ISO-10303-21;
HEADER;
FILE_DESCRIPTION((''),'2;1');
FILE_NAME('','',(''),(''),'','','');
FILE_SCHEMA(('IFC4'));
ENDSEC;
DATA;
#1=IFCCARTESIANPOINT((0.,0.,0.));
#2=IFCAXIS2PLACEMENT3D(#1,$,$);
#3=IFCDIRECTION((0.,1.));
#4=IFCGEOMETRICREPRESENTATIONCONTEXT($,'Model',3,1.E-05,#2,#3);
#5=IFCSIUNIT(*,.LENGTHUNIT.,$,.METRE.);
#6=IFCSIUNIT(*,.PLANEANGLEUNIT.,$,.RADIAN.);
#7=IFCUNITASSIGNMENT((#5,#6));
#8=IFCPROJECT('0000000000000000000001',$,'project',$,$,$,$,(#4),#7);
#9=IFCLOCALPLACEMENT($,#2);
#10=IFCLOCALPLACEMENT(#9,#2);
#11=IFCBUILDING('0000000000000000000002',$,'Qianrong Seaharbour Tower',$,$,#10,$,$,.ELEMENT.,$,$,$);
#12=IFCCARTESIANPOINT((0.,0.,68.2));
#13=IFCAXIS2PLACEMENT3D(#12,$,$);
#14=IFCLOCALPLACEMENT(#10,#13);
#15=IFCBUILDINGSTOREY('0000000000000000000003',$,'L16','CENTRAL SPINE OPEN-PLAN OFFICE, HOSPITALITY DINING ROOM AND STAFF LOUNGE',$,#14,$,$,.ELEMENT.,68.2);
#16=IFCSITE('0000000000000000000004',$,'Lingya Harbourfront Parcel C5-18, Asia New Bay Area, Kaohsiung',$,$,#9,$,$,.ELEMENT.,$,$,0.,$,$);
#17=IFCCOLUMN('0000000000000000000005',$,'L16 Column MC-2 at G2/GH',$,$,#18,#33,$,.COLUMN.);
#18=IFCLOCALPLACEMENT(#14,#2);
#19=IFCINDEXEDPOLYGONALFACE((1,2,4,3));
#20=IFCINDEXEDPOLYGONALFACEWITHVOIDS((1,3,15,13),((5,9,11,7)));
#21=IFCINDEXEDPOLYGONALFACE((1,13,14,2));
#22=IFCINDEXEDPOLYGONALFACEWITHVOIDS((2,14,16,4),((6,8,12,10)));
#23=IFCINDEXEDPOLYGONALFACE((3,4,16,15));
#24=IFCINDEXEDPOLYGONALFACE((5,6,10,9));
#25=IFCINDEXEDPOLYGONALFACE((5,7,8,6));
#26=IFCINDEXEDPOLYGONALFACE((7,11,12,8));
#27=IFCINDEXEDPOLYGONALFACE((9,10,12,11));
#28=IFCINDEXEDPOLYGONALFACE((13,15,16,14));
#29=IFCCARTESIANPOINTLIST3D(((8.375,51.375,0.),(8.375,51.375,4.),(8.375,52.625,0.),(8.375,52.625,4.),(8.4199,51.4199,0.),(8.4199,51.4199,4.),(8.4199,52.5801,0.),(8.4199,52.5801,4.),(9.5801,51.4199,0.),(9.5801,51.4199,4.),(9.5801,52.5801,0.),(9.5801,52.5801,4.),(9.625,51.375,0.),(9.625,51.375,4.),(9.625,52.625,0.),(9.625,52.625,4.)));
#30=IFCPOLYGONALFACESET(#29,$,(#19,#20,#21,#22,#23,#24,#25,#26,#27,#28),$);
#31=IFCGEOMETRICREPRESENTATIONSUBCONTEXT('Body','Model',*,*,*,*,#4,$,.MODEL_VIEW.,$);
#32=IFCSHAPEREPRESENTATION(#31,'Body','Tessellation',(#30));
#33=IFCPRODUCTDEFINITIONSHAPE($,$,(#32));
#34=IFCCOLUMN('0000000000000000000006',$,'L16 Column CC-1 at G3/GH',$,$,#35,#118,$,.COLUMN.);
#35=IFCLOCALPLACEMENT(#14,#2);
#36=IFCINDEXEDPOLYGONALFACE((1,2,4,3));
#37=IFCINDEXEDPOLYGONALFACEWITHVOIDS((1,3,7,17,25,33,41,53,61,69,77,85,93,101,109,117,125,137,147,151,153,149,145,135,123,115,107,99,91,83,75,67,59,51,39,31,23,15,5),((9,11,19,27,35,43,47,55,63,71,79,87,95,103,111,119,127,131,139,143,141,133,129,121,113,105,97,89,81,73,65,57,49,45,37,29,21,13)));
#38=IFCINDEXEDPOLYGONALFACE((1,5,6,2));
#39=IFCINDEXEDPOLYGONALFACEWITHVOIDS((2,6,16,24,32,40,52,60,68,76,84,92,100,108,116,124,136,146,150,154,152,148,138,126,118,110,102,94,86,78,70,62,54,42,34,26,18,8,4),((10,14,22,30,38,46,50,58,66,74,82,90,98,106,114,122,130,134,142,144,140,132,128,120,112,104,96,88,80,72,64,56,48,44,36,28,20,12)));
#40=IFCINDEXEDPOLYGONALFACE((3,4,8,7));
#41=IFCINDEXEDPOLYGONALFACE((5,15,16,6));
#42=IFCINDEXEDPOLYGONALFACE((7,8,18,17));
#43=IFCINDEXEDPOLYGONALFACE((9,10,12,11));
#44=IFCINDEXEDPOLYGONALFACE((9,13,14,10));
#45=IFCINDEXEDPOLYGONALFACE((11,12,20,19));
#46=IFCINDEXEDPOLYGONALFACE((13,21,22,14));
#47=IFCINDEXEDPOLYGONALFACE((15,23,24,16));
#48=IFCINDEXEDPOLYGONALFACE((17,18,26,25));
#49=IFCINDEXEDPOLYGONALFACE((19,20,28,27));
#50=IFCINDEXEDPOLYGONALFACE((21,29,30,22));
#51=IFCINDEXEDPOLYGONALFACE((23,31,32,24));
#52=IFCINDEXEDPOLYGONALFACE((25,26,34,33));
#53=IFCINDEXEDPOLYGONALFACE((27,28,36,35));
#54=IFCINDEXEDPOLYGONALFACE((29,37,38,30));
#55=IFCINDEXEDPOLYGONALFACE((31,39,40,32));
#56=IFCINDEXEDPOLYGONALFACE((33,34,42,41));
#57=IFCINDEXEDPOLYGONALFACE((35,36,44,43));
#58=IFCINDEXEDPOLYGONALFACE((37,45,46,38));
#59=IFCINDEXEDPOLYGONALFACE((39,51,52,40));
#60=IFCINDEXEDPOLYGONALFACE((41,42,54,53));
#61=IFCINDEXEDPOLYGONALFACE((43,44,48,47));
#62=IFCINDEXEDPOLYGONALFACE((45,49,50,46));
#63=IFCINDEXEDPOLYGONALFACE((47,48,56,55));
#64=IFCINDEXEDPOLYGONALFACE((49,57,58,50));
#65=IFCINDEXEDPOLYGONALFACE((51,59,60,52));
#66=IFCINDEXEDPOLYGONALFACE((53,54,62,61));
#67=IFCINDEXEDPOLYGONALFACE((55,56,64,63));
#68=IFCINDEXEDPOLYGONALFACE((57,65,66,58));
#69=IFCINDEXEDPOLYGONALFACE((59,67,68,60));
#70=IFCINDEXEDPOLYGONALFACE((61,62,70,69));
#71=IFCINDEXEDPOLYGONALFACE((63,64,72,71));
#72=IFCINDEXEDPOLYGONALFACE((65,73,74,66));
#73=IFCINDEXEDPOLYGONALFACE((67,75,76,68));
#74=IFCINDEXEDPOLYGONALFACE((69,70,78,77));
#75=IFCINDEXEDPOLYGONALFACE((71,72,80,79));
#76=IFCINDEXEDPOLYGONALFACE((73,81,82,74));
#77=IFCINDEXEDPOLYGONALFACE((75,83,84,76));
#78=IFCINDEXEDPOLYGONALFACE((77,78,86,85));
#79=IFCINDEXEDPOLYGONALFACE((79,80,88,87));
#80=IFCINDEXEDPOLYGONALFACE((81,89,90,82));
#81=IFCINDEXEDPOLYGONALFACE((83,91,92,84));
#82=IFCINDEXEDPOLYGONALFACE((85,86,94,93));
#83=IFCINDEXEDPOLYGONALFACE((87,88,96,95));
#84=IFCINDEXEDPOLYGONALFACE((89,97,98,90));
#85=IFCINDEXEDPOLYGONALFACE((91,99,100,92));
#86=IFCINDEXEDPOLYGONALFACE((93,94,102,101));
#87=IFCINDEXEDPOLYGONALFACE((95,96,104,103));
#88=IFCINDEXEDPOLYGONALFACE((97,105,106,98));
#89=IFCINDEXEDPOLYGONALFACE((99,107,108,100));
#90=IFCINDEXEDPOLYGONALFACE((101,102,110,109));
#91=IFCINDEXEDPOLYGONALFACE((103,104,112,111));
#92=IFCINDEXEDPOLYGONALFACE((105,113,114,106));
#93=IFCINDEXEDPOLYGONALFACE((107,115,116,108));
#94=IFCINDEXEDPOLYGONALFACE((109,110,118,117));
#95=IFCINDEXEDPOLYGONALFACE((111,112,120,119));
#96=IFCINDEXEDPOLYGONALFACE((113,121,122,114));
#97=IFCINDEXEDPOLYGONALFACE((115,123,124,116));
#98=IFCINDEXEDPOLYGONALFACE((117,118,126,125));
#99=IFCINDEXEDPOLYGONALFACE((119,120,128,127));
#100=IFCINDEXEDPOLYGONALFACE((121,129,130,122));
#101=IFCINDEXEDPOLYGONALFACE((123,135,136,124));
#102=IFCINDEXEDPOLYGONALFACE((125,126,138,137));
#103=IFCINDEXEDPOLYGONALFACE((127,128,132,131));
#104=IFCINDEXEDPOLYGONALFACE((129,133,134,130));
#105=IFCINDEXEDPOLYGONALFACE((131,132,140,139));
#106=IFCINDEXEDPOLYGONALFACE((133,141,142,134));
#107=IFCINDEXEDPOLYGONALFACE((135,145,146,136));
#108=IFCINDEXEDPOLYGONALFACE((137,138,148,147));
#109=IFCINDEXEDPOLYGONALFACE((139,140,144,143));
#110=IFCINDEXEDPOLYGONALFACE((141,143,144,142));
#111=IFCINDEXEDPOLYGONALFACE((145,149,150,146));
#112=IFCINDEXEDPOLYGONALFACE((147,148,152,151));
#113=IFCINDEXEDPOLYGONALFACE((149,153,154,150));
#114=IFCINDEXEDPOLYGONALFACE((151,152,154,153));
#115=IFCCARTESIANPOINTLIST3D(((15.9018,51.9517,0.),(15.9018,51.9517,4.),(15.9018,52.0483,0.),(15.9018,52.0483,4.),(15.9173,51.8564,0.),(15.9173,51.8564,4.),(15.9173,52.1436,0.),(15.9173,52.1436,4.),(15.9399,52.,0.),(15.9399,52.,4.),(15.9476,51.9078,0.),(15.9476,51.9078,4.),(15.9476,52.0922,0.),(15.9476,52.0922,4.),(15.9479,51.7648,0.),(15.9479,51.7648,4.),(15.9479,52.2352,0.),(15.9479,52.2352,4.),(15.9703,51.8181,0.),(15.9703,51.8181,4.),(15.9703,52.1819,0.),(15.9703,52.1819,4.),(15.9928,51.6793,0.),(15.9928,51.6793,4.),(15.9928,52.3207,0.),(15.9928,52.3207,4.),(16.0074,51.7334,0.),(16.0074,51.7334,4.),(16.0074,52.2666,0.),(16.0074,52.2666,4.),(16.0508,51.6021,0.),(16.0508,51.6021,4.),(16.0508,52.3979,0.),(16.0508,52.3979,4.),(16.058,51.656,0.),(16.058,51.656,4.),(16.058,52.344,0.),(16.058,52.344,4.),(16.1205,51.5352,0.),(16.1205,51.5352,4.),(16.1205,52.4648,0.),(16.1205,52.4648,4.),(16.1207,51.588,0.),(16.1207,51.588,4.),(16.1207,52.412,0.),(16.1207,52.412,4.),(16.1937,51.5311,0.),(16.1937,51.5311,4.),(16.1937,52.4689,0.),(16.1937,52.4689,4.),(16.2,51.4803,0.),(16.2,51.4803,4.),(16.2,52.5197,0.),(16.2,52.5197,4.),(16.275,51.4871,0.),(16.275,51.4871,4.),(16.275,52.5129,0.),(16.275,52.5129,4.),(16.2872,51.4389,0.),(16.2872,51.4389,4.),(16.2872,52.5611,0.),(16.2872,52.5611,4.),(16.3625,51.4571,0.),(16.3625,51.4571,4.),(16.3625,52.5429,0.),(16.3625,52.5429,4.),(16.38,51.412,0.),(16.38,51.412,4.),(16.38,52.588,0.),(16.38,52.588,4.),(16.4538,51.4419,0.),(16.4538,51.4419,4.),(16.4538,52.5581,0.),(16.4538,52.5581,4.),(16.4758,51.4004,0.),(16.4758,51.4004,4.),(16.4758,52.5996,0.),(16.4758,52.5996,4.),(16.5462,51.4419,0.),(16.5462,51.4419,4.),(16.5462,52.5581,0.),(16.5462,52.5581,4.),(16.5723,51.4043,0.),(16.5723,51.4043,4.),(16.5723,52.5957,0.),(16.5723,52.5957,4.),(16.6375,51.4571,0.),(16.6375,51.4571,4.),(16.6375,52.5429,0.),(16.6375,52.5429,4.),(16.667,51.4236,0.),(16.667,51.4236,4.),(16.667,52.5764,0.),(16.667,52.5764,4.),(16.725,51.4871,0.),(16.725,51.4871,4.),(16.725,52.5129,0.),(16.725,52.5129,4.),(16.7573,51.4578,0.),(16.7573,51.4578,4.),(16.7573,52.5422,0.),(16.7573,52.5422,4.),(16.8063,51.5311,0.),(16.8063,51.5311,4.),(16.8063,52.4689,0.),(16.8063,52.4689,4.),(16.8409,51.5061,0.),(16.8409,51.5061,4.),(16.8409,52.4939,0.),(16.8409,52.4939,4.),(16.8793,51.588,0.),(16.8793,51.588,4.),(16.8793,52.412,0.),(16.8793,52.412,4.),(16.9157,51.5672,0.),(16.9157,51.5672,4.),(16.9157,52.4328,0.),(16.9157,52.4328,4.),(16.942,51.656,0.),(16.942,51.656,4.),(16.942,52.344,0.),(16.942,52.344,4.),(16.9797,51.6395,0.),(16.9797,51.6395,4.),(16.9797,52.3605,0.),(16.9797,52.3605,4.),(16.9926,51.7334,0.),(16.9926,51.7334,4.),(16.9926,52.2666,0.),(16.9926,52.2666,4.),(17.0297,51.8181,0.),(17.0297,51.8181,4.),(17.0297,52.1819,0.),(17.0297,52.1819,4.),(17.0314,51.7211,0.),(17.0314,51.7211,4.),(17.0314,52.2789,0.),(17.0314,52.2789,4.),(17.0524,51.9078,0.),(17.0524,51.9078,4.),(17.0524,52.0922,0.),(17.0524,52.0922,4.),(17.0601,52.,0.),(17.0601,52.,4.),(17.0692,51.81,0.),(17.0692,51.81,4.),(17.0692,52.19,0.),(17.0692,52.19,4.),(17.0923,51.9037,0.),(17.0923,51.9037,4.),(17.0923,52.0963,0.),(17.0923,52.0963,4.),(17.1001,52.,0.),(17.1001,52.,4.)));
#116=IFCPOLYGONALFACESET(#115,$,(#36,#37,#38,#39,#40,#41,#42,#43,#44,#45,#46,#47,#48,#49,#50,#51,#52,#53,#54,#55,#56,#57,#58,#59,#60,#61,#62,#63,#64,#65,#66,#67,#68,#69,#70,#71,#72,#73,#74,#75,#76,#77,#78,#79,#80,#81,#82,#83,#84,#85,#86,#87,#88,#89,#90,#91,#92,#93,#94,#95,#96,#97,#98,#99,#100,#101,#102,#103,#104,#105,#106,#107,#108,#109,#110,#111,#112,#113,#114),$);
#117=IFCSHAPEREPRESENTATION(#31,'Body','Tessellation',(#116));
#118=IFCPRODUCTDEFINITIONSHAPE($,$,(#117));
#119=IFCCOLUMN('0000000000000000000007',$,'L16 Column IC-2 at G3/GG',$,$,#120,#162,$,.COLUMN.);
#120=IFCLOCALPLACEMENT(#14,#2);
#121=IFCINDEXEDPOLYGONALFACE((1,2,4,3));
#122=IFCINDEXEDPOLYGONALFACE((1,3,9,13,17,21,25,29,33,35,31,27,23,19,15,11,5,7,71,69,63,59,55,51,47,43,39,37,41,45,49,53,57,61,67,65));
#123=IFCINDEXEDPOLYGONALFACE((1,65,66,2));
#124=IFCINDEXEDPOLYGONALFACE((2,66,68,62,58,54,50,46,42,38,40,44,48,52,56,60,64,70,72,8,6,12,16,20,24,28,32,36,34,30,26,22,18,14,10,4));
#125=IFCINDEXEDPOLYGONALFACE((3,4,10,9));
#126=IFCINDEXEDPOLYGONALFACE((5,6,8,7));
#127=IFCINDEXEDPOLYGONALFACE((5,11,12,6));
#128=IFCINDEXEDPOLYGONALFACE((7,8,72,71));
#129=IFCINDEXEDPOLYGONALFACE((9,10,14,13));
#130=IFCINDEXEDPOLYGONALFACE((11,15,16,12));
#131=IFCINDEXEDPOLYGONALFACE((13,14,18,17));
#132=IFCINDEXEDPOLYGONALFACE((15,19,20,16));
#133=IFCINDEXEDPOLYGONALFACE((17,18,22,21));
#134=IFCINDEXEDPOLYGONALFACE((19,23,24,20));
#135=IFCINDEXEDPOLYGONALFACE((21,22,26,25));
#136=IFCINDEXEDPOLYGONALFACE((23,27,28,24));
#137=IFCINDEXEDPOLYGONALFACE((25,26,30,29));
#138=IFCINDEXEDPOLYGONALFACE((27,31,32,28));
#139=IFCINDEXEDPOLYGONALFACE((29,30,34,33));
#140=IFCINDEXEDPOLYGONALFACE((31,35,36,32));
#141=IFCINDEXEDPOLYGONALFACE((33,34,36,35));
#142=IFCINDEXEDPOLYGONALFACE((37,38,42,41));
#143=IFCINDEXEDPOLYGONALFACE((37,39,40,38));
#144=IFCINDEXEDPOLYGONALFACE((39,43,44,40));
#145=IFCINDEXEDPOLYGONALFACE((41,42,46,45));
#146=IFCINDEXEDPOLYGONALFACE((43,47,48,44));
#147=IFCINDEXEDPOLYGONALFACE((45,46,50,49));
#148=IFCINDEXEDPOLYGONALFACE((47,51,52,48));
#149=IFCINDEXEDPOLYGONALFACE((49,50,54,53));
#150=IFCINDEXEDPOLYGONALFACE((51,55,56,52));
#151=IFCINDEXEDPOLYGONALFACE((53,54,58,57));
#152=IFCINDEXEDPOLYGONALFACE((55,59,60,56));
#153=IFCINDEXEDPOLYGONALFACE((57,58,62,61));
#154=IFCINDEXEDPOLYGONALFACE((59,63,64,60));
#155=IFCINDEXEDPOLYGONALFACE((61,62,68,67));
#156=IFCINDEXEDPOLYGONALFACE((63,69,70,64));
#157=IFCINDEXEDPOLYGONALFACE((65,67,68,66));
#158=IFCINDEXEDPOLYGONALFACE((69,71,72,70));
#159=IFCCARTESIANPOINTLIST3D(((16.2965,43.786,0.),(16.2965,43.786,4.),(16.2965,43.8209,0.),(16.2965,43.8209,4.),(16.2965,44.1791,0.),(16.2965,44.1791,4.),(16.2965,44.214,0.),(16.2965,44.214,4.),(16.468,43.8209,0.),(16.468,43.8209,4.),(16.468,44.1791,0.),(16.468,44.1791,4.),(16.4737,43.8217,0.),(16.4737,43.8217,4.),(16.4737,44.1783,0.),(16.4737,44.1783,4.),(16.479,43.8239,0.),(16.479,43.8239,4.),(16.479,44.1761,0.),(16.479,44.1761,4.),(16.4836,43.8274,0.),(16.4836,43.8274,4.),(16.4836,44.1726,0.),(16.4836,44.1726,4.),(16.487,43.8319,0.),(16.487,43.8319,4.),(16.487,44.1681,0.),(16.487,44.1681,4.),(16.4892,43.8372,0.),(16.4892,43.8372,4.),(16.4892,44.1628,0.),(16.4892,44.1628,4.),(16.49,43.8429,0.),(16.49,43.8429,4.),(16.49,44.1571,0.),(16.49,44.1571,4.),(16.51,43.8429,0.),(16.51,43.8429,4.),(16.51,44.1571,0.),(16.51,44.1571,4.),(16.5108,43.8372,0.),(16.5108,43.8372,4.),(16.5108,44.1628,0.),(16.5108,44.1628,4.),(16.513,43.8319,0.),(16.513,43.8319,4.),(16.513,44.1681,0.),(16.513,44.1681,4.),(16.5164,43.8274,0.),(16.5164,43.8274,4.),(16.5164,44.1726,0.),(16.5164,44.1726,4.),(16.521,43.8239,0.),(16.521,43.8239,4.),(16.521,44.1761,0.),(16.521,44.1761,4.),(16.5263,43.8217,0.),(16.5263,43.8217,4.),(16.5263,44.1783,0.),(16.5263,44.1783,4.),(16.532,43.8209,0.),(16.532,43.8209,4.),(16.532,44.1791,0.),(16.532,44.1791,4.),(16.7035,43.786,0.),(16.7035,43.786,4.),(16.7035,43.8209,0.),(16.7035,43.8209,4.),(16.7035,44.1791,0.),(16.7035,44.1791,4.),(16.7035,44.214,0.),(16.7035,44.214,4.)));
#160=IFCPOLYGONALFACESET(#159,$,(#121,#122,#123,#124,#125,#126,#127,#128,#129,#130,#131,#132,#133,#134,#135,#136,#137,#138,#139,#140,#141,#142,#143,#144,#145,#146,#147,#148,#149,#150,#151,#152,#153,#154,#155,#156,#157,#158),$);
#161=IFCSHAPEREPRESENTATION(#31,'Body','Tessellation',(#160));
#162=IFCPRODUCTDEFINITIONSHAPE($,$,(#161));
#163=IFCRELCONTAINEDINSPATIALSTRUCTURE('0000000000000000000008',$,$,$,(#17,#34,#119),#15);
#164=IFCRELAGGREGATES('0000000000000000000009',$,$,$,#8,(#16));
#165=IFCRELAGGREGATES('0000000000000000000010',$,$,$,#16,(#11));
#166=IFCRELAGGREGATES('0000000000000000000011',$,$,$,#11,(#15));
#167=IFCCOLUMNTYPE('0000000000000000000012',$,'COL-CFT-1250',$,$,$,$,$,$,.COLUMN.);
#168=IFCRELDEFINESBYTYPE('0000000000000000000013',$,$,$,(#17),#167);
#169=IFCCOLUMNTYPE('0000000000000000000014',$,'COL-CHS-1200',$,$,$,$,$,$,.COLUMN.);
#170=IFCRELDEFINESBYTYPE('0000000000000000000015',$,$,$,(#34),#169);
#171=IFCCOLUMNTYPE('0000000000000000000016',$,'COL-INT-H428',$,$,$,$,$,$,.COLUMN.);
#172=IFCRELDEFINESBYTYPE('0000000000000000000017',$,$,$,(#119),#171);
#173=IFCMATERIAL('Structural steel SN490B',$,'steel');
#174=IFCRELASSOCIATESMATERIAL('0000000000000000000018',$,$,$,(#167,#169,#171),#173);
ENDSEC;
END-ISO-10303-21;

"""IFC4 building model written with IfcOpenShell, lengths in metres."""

from ifc_helpers import new_model, si_unit, direction, frame, origin, origin_2d, place, context, subcontext, project, spatial, hollow_rectangle, hollow_circle, i_section, extrude, material, material_profile, profile_set, type_object, element, save


model = new_model("IFC4")

# Units and contexts
model_context = context("Model", 3, precision=1e-05, world=origin(), true_north=direction((0.0, 1.0)))
body_context = subcontext(model_context, "Body", "Model", "MODEL_VIEW")
ifc_project = project(units=[si_unit("LENGTHUNIT", "METRE"), si_unit("PLANEANGLEUNIT", "RADIAN")], contexts=[model_context])

# Site, building, storey
site_placement = place(None, origin())
site = spatial("IfcSite", under=ifc_project, at=site_placement, Name="Lingya Harbourfront Parcel C5-18, Asia New Bay Area, Kaohsiung", CompositionType="ELEMENT", RefElevation=0.0)
building_placement = place(site_placement, origin())
building = spatial("IfcBuilding", under=site, at=building_placement, Name="Qianrong Seaharbour Tower", CompositionType="ELEMENT")
storey_placement = place(building_placement, frame((0.0, 0.0, 68.2)))
storey = spatial("IfcBuildingStorey", under=building, at=storey_placement, Name="L16", Description="CENTRAL SPINE OPEN-PLAN OFFICE, HOSPITALITY DINING ROOM AND STAFF LOUNGE", CompositionType="ELEMENT", Elevation=68.2)

# Columns
ifc_material_1 = material(Name="Structural steel SN490B", Category="steel")
ifc_material_profile_1 = material_profile(ifc_material_1, hollow_rectangle(XDim=1.25, YDim=1.25, WallThickness=0.0449, at=origin_2d()), Name="BOX1250x1250x45")
ifc_profile_set_1 = profile_set([ifc_material_profile_1], Name="Structural steel SN490B")
column_type_1 = type_object("IfcColumnType", Name="COL-CFT-1250", PredefinedType="COLUMN", material=ifc_profile_set_1)
column_1_placement = place(storey_placement, frame((9.0, 52.0, 0.0), z_axis=(0.0, 0.0, 1.0), x_axis=(1.0, 0.0, 0.0)))
element("IfcColumn", 1, at=column_1_placement, inside=storey, type_object=column_type_1, Name="L16 Column MC-2 at G2/GH", PredefinedType="COLUMN", context=body_context, shape_type="SweptSolid", body=[
    extrude(hollow_rectangle(XDim=1.25, YDim=1.25, WallThickness=0.0449, at=origin_2d()), origin(), (0.0, 0.0, 1.0), 4.0),
])
ifc_material_profile_2 = material_profile(ifc_material_1, hollow_circle(Radius=0.6001, WallThickness=0.04, at=origin_2d()), Name="CHS1200x40")
ifc_profile_set_2 = profile_set([ifc_material_profile_2], Name="Structural steel SN490B")
column_type_2 = type_object("IfcColumnType", Name="COL-CHS-1200", PredefinedType="COLUMN", material=ifc_profile_set_2)
column_2_placement = place(storey_placement, frame((16.5, 52.0, 0.0), z_axis=(0.0, 0.0, 1.0), x_axis=(1.0, 0.0, 0.0)))
element("IfcColumn", 2, at=column_2_placement, inside=storey, type_object=column_type_2, Name="L16 Column CC-1 at G3/GH", PredefinedType="COLUMN", context=body_context, shape_type="SweptSolid", body=[
    extrude(hollow_circle(Radius=0.6001, WallThickness=0.04, at=origin_2d()), origin(), (0.0, 0.0, 1.0), 4.0),
])
ifc_material_profile_3 = material_profile(ifc_material_1, i_section(OverallWidth=0.407, OverallDepth=0.428, WebThickness=0.02, FlangeThickness=0.0349, FilletRadius=0.022, at=origin_2d()), Name="H428x407x20x35")
ifc_profile_set_3 = profile_set([ifc_material_profile_3], Name="Structural steel SN490B")
column_type_3 = type_object("IfcColumnType", Name="COL-INT-H428", PredefinedType="COLUMN", material=ifc_profile_set_3)
column_3_placement = place(storey_placement, frame((16.5, 44.0, 0.0), z_axis=(0.0, 0.0, 1.0), x_axis=(1.0, 0.0, 0.0)))
element("IfcColumn", 3, at=column_3_placement, inside=storey, type_object=column_type_3, Name="L16 Column IC-2 at G3/GG", PredefinedType="COLUMN", context=body_context, shape_type="SweptSolid", body=[
    extrude(i_section(OverallWidth=0.407, OverallDepth=0.428, WebThickness=0.02, FlangeThickness=0.0349, FilletRadius=0.022, at=origin_2d()), origin(), (0.0, 0.0, 1.0), 4.0),
])

save(model, "model.ifc")
